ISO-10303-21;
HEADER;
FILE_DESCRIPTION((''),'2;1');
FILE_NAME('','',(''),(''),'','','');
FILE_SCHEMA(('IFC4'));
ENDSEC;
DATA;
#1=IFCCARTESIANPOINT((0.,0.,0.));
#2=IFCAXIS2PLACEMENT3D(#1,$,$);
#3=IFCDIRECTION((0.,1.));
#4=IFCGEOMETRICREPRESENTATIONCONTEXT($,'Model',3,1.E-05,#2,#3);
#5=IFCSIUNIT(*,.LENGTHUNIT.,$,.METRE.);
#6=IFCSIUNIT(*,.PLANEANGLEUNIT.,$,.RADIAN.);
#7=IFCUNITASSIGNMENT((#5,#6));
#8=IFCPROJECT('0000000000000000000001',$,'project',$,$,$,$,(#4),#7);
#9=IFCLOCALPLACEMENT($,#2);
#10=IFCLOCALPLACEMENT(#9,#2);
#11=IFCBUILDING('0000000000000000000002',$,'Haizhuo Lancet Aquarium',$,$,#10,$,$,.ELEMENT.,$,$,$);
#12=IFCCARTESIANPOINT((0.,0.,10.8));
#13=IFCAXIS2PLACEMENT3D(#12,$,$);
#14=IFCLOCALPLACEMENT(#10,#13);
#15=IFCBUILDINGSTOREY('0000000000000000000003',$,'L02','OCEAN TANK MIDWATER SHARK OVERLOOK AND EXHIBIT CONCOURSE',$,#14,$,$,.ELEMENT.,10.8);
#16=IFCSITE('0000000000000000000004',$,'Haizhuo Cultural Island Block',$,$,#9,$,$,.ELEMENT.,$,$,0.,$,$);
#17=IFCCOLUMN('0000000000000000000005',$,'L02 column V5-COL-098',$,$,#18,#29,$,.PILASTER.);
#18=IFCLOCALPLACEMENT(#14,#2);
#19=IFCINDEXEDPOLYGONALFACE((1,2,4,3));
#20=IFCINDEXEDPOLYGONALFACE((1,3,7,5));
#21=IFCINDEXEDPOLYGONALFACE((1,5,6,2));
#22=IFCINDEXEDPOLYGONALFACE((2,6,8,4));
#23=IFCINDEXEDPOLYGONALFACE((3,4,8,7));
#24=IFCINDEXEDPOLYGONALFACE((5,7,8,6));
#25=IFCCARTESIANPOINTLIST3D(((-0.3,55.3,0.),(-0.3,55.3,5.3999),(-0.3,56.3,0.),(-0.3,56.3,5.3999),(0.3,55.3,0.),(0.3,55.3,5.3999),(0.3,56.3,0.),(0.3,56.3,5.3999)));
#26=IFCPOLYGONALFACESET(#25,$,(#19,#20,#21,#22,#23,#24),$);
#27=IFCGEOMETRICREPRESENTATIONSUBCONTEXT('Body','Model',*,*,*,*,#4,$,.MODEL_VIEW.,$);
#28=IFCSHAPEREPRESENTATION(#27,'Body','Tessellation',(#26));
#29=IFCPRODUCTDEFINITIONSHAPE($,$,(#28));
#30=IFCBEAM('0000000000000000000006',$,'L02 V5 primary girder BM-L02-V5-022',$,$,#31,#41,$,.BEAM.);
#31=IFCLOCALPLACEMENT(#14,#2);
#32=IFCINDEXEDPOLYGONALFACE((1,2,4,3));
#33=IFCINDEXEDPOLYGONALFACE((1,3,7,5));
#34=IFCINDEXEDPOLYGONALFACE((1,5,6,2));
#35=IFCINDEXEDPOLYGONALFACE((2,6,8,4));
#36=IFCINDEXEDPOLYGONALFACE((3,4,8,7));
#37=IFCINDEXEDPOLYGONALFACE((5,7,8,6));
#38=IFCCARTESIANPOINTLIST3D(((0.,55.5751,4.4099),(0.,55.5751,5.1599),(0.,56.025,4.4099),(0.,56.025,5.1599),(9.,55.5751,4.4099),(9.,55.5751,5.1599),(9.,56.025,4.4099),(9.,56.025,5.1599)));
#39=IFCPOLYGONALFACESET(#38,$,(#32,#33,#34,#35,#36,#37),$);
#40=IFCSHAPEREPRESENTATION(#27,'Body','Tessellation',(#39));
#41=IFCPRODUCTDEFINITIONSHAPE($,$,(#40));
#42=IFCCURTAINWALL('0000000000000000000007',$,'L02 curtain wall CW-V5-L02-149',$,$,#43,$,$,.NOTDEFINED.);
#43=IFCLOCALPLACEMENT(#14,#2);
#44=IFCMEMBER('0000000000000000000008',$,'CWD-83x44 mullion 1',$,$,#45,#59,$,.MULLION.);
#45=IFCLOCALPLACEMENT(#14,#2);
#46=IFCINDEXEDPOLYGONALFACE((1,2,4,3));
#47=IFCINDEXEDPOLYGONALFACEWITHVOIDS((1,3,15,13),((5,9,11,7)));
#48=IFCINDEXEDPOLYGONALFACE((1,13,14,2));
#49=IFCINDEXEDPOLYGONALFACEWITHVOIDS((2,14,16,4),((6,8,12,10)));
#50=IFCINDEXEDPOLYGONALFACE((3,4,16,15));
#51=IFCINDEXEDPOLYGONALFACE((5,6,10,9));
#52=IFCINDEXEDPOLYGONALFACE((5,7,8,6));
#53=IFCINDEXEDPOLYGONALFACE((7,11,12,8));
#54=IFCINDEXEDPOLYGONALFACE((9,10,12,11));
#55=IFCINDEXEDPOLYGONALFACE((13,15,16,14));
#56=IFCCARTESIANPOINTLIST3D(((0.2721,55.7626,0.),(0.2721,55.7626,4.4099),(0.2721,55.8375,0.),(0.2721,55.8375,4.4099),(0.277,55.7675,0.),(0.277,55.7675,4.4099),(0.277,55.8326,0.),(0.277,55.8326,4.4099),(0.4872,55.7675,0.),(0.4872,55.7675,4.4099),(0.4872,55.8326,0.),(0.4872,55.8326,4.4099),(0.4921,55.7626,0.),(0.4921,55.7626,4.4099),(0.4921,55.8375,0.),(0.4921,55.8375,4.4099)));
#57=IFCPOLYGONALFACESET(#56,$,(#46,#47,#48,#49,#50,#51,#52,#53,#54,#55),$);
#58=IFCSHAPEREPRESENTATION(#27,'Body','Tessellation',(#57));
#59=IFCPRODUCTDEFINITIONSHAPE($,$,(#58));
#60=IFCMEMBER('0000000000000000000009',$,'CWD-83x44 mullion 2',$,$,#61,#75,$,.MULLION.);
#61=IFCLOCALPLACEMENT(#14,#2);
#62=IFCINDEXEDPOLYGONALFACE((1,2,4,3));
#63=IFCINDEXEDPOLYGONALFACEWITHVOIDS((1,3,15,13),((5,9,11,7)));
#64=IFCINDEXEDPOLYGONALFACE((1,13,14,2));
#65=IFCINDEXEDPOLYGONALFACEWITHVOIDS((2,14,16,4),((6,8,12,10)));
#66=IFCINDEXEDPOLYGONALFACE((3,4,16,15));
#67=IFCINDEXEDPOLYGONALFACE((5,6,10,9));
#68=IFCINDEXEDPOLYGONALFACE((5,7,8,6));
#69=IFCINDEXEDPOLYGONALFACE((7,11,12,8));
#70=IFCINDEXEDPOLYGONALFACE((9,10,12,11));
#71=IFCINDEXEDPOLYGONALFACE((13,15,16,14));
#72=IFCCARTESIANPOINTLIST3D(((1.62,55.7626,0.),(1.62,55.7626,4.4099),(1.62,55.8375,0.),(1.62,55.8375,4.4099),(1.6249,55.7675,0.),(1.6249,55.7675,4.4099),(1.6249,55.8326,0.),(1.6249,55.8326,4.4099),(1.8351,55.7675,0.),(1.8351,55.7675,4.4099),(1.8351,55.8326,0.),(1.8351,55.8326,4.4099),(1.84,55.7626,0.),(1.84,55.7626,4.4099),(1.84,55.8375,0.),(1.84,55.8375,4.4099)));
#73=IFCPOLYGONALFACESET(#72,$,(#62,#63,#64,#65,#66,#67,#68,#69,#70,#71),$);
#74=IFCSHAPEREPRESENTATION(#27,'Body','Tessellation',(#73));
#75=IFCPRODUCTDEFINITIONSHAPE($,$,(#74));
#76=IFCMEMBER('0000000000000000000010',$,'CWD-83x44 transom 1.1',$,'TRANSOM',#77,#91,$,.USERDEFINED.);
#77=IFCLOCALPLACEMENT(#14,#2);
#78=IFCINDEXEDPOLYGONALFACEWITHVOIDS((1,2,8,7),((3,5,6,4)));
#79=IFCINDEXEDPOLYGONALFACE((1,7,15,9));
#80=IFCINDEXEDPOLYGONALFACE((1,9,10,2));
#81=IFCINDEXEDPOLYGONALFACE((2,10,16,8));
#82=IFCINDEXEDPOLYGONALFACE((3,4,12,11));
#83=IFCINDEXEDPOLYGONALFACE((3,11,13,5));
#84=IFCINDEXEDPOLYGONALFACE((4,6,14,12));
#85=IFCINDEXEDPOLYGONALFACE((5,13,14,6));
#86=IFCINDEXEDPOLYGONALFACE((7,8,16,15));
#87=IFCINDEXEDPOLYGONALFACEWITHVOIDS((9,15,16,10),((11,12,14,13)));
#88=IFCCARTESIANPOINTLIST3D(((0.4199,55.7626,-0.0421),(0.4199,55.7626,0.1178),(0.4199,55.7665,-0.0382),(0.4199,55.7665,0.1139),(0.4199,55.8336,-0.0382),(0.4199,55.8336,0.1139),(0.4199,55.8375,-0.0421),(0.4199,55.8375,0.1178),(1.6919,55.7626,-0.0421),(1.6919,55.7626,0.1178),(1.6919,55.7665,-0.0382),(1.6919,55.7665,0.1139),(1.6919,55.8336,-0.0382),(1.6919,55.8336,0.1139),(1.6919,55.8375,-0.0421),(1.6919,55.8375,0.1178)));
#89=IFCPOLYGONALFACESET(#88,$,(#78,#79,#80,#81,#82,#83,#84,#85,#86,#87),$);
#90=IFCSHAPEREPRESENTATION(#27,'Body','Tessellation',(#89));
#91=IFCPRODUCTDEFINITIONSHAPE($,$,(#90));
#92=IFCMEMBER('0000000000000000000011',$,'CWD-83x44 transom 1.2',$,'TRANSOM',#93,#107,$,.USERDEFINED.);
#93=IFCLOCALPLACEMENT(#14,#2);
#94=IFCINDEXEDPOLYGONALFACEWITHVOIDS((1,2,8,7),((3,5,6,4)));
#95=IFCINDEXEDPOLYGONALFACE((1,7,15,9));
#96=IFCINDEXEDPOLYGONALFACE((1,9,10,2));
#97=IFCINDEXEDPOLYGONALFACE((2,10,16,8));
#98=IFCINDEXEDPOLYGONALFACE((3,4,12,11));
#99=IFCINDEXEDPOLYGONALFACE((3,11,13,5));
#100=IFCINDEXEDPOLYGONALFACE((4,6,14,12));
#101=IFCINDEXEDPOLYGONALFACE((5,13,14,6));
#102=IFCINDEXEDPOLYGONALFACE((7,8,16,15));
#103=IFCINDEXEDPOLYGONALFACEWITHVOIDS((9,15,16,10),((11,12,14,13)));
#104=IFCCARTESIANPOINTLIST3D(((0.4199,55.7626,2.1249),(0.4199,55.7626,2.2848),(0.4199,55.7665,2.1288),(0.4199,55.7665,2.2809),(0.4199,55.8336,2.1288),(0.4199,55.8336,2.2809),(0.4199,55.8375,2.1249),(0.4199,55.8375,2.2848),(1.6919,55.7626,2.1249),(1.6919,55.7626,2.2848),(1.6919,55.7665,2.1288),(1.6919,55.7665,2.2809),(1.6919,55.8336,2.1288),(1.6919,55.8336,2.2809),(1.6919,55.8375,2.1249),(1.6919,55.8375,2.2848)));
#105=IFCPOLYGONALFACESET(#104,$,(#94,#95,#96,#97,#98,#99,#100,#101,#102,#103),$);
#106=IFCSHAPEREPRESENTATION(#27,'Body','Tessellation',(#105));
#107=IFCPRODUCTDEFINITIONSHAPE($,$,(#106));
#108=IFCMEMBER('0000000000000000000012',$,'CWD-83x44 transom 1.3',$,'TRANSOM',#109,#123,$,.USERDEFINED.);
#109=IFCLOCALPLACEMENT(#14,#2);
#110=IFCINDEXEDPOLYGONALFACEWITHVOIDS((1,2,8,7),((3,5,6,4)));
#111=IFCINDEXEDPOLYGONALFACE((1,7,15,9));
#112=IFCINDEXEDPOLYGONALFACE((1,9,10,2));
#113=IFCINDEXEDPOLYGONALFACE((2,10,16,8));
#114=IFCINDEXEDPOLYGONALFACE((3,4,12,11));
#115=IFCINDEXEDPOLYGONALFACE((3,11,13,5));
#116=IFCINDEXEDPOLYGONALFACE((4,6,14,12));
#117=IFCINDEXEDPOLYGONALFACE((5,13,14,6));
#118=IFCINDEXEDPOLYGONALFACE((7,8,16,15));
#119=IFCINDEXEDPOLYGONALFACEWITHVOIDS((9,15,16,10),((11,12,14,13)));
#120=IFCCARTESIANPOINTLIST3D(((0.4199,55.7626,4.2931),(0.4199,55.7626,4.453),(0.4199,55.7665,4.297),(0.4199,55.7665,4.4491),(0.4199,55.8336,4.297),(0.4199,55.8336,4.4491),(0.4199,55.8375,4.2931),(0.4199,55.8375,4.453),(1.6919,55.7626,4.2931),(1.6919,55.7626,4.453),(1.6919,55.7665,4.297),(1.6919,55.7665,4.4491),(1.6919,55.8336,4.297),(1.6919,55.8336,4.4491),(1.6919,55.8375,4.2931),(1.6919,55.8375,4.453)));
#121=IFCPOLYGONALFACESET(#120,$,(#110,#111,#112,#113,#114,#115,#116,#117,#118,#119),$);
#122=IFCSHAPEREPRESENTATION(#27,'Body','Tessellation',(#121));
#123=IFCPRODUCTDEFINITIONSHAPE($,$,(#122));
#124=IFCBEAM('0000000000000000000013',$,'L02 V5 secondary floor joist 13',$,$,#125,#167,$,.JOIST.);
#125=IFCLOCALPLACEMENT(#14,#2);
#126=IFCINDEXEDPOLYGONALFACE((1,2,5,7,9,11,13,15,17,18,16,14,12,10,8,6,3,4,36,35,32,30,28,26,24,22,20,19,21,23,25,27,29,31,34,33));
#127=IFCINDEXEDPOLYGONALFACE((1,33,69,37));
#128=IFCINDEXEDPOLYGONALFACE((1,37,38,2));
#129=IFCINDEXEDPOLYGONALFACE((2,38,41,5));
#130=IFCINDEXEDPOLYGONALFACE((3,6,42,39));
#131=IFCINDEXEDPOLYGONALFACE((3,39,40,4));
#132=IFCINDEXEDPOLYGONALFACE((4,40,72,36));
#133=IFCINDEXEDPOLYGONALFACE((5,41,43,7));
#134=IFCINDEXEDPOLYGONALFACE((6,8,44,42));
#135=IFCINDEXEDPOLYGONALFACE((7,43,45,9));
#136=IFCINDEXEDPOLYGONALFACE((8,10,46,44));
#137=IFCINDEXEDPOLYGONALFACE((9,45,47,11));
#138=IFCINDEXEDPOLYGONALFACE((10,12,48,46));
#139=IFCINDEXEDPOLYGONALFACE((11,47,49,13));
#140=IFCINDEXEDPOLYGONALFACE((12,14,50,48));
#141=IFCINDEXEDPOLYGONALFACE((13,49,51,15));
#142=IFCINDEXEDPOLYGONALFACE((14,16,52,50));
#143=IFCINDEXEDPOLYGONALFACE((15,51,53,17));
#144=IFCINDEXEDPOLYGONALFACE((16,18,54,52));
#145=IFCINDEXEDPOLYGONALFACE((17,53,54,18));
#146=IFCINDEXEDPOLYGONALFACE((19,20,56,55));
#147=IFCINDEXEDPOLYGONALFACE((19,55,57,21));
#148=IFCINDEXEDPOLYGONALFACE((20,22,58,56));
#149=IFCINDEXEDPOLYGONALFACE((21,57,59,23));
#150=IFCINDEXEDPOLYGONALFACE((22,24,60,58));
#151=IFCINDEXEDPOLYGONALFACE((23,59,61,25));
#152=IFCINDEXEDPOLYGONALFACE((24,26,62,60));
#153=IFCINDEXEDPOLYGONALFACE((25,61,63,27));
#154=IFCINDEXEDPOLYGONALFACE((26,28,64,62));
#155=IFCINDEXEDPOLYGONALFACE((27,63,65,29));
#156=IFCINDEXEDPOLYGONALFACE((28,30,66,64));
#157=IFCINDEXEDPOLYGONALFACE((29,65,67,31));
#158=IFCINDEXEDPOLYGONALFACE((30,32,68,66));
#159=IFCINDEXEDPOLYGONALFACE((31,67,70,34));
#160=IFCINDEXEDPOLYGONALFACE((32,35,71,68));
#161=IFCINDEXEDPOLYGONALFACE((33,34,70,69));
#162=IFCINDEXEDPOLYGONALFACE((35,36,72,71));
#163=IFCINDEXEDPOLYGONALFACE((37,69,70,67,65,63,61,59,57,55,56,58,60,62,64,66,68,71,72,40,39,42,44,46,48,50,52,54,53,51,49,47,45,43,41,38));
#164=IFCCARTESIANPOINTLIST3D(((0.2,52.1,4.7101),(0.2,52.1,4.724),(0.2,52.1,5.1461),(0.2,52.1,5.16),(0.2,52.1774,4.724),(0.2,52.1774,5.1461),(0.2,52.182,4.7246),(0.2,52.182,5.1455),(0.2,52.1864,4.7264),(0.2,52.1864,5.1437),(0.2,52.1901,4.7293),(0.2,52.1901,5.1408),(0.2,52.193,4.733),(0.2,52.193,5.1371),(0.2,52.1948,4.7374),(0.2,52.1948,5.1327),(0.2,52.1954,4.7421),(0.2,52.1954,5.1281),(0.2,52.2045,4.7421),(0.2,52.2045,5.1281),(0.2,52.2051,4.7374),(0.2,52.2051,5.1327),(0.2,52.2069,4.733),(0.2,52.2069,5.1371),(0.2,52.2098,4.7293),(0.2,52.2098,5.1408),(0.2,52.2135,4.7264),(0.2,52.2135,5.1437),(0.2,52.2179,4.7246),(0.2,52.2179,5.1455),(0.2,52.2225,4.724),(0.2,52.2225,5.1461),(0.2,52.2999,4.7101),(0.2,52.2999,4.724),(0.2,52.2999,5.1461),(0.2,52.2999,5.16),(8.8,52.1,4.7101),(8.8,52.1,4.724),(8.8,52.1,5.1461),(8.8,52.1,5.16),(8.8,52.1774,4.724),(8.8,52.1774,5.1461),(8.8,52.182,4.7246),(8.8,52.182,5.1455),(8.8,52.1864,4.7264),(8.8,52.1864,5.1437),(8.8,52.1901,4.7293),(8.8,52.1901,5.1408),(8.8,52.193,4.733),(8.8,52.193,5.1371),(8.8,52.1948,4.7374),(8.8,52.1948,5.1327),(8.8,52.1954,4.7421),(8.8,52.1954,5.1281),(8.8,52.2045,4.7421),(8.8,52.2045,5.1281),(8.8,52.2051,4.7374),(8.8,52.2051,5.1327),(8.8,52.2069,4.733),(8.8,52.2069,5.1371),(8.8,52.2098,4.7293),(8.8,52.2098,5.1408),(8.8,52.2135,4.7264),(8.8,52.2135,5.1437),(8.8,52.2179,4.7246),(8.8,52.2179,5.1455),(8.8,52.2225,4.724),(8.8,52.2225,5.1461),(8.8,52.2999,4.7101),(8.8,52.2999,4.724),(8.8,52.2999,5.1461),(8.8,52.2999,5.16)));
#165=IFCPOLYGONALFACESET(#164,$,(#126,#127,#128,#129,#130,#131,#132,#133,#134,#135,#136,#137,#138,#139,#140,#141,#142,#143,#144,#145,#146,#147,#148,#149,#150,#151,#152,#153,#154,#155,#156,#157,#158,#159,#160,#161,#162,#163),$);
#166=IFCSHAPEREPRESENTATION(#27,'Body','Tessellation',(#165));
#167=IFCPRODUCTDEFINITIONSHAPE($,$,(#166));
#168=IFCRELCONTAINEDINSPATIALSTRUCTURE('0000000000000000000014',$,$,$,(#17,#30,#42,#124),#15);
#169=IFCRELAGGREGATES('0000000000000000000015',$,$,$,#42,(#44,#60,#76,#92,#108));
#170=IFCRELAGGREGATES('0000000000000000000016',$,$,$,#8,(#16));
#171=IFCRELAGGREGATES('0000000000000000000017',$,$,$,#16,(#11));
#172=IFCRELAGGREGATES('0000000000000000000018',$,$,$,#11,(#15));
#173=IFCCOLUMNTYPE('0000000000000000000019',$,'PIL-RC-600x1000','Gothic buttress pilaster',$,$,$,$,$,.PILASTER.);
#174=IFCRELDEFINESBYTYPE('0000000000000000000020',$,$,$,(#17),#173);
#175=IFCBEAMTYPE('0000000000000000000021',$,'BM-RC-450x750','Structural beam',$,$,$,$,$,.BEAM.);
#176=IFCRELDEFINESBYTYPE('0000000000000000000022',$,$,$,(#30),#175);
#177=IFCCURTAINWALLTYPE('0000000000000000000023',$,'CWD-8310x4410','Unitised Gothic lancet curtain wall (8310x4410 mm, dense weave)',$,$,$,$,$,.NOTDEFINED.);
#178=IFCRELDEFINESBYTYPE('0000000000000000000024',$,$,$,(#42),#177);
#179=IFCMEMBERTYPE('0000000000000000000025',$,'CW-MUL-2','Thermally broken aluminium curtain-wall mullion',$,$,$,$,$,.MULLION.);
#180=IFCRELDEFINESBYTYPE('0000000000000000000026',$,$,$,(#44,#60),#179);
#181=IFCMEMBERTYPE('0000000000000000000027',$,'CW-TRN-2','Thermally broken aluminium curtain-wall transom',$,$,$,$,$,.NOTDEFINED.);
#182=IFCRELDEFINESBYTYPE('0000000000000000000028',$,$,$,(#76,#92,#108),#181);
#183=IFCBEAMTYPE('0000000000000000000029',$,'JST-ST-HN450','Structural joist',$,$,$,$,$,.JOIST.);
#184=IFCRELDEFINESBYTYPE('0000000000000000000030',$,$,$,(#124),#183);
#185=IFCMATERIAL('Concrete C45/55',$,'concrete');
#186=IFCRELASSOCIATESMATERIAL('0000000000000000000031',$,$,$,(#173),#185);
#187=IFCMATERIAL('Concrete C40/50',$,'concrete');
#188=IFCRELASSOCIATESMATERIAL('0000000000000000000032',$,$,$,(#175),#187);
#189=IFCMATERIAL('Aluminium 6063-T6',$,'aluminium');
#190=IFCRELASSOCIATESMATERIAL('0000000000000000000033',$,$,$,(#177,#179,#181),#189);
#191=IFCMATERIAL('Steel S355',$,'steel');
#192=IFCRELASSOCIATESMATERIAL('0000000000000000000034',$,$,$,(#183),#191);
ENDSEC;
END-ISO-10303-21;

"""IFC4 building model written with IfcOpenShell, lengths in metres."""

from ifc_helpers import new_model, si_unit, direction, frame, origin, origin_2d, place, context, subcontext, project, spatial, rectangle, hollow_rectangle, i_section, extrude, material, material_profile, profile_set, type_object, element, aggregate, save


model = new_model("IFC4")

# Units and contexts
model_context = context("Model", 3, precision=1e-05, world=origin(), true_north=direction((0.0, 1.0)))
body_context = subcontext(model_context, "Body", "Model", "MODEL_VIEW")
ifc_project = project(units=[si_unit("LENGTHUNIT", "METRE"), si_unit("PLANEANGLEUNIT", "RADIAN")], contexts=[model_context])

# Site, building, storey
site_placement = place(None, origin())
site = spatial("IfcSite", under=ifc_project, at=site_placement, Name="Haizhuo Cultural Island Block", CompositionType="ELEMENT", RefElevation=0.0)
building_placement = place(site_placement, origin())
building = spatial("IfcBuilding", under=site, at=building_placement, Name="Haizhuo Lancet Aquarium", CompositionType="ELEMENT")
storey_placement = place(building_placement, frame((0.0, 0.0, 10.8)))
storey = spatial("IfcBuildingStorey", under=building, at=storey_placement, Name="L02", Description="OCEAN TANK MIDWATER SHARK OVERLOOK AND EXHIBIT CONCOURSE", CompositionType="ELEMENT", Elevation=10.8)

# Column
ifc_material_1 = material(Name="Concrete C45/55", Category="concrete")
ifc_material_profile_1 = material_profile(ifc_material_1, rectangle(XDim=0.6001, YDim=1.0, at=origin_2d()), Name="RC-PIL 600x1000")
ifc_profile_set_1 = profile_set([ifc_material_profile_1], Name="Concrete C45/55")
column_type = type_object("IfcColumnType", Name="PIL-RC-600x1000", Description="Gothic buttress pilaster", PredefinedType="PILASTER", material=ifc_profile_set_1)
column_placement = place(storey_placement, frame((0.0, 55.8, 0.0), z_axis=(0.0, 0.0, 1.0), x_axis=(1.0, 0.0, 0.0)))
element("IfcColumn", 1, at=column_placement, inside=storey, type_object=column_type, Name="L02 column V5-COL-098", PredefinedType="PILASTER", context=body_context, shape_type="SweptSolid", body=[
    extrude(rectangle(XDim=0.6001, YDim=1.0, at=origin_2d()), origin(), (0.0, 0.0, 1.0), 5.3999),
])

# Beam
ifc_material_2 = material(Name="Concrete C40/50", Category="concrete")
ifc_material_profile_2 = material_profile(ifc_material_2, rectangle(XDim=0.45, YDim=0.75, at=origin_2d()), Name="RC-BM 450x750")
ifc_profile_set_2 = profile_set([ifc_material_profile_2], Name="Concrete C40/50")
beam_type_1 = type_object("IfcBeamType", Name="BM-RC-450x750", Description="Structural beam", PredefinedType="BEAM", material=ifc_profile_set_2)
beam_1_placement = place(storey_placement, frame((0.0, 55.8, 4.7849), z_axis=(1.0, 0.0, 0.0), x_axis=(0.0, 1.0, 0.0)))
element("IfcBeam", 2, at=beam_1_placement, inside=storey, type_object=beam_type_1, Name="L02 V5 primary girder BM-L02-V5-022", PredefinedType="BEAM", context=body_context, shape_type="SweptSolid", body=[
    extrude(rectangle(XDim=0.45, YDim=0.75, at=origin_2d()), origin(), (0.0, 0.0, 1.0), 9.0),
])

# Curtain wall, members
ifc_material_3 = material(Name="Aluminium 6063-T6", Category="aluminium")
curtain_wall_type = type_object("IfcCurtainWallType", Name="CWD-8310x4410", Description="Unitised Gothic lancet curtain wall (8310x4410 mm, dense weave)", PredefinedType="NOTDEFINED", material=ifc_material_3)
curtain_wall_placement = place(storey_placement, origin())
curtain_wall = element("IfcCurtainWall", 3, at=curtain_wall_placement, inside=storey, type_object=curtain_wall_type, Name="L02 curtain wall CW-V5-L02-149", PredefinedType="NOTDEFINED")
ifc_material_profile_3 = material_profile(ifc_material_3, hollow_rectangle(XDim=0.075, YDim=0.22, WallThickness=0.0049, at=origin_2d()), Name="ALU-M 75x220x5")
ifc_profile_set_3 = profile_set([ifc_material_profile_3], Name="Aluminium 6063-T6")
member_type_1 = type_object("IfcMemberType", Name="CW-MUL-2", Description="Thermally broken aluminium curtain-wall mullion", PredefinedType="MULLION", material=ifc_profile_set_3)
member_1_placement = place(storey_placement, frame((0.3821, 55.8, 0.0), z_axis=(0.0, 0.0, 1.0), x_axis=(0.0, 1.0, 0.0)))
member_1 = element("IfcMember", 4, at=member_1_placement, type_object=member_type_1, Name="CWD-83x44 mullion 1", PredefinedType="MULLION", context=body_context, shape_type="SweptSolid", body=[
    extrude(hollow_rectangle(XDim=0.075, YDim=0.22, WallThickness=0.0049, at=origin_2d()), origin(), (0.0, 0.0, 1.0), 4.4099),
])
member_2_placement = place(storey_placement, frame((1.73, 55.8, 0.0), z_axis=(0.0, 0.0, 1.0), x_axis=(0.0, 1.0, 0.0)))
member_2 = element("IfcMember", 5, at=member_2_placement, type_object=member_type_1, Name="CWD-83x44 mullion 2", PredefinedType="MULLION", context=body_context, shape_type="SweptSolid", body=[
    extrude(hollow_rectangle(XDim=0.075, YDim=0.22, WallThickness=0.0049, at=origin_2d()), origin(), (0.0, 0.0, 1.0), 4.4099),
])
ifc_material_profile_4 = material_profile(ifc_material_3, hollow_rectangle(XDim=0.075, YDim=0.1599, WallThickness=0.0039, at=origin_2d()), Name="ALU-T 75x160x4")
ifc_profile_set_4 = profile_set([ifc_material_profile_4], Name="Aluminium 6063-T6")
member_type_2 = type_object("IfcMemberType", Name="CW-TRN-2", Description="Thermally broken aluminium curtain-wall transom", PredefinedType="NOTDEFINED", material=ifc_profile_set_4)
member_3_placement = place(storey_placement, frame((0.4199, 55.8, 0.0378), z_axis=(1.0, 0.0, 0.0), x_axis=(0.0, 1.0, 0.0)))
member_3 = element("IfcMember", 6, at=member_3_placement, type_object=member_type_2, Name="CWD-83x44 transom 1.1", ObjectType="TRANSOM", PredefinedType="USERDEFINED", context=body_context, shape_type="SweptSolid", body=[
    extrude(hollow_rectangle(XDim=0.075, YDim=0.1599, WallThickness=0.0039, at=origin_2d()), origin(), (0.0, 0.0, 1.0), 1.272),
])
member_4_placement = place(storey_placement, frame((0.4199, 55.8, 2.2048), z_axis=(1.0, 0.0, 0.0), x_axis=(0.0, 1.0, 0.0)))
member_4 = element("IfcMember", 7, at=member_4_placement, type_object=member_type_2, Name="CWD-83x44 transom 1.2", ObjectType="TRANSOM", PredefinedType="USERDEFINED", context=body_context, shape_type="SweptSolid", body=[
    extrude(hollow_rectangle(XDim=0.075, YDim=0.1599, WallThickness=0.0039, at=origin_2d()), origin(), (0.0, 0.0, 1.0), 1.272),
])
member_5_placement = place(storey_placement, frame((0.4199, 55.8, 4.373), z_axis=(1.0, 0.0, 0.0), x_axis=(0.0, 1.0, 0.0)))
member_5 = element("IfcMember", 8, at=member_5_placement, type_object=member_type_2, Name="CWD-83x44 transom 1.3", ObjectType="TRANSOM", PredefinedType="USERDEFINED", context=body_context, shape_type="SweptSolid", body=[
    extrude(hollow_rectangle(XDim=0.075, YDim=0.1599, WallThickness=0.0039, at=origin_2d()), origin(), (0.0, 0.0, 1.0), 1.272),
])

# Beam
ifc_material_4 = material(Name="Steel S355", Category="steel")
ifc_material_profile_5 = material_profile(ifc_material_4, i_section(OverallWidth=0.2, OverallDepth=0.45, WebThickness=0.009, FlangeThickness=0.0139, FilletRadius=0.0181, at=origin_2d()), Name="HN 450x200x9x14")
ifc_profile_set_5 = profile_set([ifc_material_profile_5], Name="Steel S355")
beam_type_2 = type_object("IfcBeamType", Name="JST-ST-HN450", Description="Structural joist", PredefinedType="JOIST", material=ifc_profile_set_5)
beam_2_placement = place(storey_placement, frame((0.2, 52.2, 4.9351), z_axis=(1.0, 0.0, 0.0), x_axis=(0.0, 1.0, 0.0)))
element("IfcBeam", 9, at=beam_2_placement, inside=storey, type_object=beam_type_2, Name="L02 V5 secondary floor joist 13", PredefinedType="JOIST", context=body_context, shape_type="SweptSolid", body=[
    extrude(i_section(OverallWidth=0.2, OverallDepth=0.45, WebThickness=0.009, FlangeThickness=0.0139, FilletRadius=0.0181, at=origin_2d()), origin(), (0.0, 0.0, 1.0), 8.6001),
])

aggregate(curtain_wall, [member_1, member_2, member_3, member_4, member_5])

save(model, "model.ifc")
